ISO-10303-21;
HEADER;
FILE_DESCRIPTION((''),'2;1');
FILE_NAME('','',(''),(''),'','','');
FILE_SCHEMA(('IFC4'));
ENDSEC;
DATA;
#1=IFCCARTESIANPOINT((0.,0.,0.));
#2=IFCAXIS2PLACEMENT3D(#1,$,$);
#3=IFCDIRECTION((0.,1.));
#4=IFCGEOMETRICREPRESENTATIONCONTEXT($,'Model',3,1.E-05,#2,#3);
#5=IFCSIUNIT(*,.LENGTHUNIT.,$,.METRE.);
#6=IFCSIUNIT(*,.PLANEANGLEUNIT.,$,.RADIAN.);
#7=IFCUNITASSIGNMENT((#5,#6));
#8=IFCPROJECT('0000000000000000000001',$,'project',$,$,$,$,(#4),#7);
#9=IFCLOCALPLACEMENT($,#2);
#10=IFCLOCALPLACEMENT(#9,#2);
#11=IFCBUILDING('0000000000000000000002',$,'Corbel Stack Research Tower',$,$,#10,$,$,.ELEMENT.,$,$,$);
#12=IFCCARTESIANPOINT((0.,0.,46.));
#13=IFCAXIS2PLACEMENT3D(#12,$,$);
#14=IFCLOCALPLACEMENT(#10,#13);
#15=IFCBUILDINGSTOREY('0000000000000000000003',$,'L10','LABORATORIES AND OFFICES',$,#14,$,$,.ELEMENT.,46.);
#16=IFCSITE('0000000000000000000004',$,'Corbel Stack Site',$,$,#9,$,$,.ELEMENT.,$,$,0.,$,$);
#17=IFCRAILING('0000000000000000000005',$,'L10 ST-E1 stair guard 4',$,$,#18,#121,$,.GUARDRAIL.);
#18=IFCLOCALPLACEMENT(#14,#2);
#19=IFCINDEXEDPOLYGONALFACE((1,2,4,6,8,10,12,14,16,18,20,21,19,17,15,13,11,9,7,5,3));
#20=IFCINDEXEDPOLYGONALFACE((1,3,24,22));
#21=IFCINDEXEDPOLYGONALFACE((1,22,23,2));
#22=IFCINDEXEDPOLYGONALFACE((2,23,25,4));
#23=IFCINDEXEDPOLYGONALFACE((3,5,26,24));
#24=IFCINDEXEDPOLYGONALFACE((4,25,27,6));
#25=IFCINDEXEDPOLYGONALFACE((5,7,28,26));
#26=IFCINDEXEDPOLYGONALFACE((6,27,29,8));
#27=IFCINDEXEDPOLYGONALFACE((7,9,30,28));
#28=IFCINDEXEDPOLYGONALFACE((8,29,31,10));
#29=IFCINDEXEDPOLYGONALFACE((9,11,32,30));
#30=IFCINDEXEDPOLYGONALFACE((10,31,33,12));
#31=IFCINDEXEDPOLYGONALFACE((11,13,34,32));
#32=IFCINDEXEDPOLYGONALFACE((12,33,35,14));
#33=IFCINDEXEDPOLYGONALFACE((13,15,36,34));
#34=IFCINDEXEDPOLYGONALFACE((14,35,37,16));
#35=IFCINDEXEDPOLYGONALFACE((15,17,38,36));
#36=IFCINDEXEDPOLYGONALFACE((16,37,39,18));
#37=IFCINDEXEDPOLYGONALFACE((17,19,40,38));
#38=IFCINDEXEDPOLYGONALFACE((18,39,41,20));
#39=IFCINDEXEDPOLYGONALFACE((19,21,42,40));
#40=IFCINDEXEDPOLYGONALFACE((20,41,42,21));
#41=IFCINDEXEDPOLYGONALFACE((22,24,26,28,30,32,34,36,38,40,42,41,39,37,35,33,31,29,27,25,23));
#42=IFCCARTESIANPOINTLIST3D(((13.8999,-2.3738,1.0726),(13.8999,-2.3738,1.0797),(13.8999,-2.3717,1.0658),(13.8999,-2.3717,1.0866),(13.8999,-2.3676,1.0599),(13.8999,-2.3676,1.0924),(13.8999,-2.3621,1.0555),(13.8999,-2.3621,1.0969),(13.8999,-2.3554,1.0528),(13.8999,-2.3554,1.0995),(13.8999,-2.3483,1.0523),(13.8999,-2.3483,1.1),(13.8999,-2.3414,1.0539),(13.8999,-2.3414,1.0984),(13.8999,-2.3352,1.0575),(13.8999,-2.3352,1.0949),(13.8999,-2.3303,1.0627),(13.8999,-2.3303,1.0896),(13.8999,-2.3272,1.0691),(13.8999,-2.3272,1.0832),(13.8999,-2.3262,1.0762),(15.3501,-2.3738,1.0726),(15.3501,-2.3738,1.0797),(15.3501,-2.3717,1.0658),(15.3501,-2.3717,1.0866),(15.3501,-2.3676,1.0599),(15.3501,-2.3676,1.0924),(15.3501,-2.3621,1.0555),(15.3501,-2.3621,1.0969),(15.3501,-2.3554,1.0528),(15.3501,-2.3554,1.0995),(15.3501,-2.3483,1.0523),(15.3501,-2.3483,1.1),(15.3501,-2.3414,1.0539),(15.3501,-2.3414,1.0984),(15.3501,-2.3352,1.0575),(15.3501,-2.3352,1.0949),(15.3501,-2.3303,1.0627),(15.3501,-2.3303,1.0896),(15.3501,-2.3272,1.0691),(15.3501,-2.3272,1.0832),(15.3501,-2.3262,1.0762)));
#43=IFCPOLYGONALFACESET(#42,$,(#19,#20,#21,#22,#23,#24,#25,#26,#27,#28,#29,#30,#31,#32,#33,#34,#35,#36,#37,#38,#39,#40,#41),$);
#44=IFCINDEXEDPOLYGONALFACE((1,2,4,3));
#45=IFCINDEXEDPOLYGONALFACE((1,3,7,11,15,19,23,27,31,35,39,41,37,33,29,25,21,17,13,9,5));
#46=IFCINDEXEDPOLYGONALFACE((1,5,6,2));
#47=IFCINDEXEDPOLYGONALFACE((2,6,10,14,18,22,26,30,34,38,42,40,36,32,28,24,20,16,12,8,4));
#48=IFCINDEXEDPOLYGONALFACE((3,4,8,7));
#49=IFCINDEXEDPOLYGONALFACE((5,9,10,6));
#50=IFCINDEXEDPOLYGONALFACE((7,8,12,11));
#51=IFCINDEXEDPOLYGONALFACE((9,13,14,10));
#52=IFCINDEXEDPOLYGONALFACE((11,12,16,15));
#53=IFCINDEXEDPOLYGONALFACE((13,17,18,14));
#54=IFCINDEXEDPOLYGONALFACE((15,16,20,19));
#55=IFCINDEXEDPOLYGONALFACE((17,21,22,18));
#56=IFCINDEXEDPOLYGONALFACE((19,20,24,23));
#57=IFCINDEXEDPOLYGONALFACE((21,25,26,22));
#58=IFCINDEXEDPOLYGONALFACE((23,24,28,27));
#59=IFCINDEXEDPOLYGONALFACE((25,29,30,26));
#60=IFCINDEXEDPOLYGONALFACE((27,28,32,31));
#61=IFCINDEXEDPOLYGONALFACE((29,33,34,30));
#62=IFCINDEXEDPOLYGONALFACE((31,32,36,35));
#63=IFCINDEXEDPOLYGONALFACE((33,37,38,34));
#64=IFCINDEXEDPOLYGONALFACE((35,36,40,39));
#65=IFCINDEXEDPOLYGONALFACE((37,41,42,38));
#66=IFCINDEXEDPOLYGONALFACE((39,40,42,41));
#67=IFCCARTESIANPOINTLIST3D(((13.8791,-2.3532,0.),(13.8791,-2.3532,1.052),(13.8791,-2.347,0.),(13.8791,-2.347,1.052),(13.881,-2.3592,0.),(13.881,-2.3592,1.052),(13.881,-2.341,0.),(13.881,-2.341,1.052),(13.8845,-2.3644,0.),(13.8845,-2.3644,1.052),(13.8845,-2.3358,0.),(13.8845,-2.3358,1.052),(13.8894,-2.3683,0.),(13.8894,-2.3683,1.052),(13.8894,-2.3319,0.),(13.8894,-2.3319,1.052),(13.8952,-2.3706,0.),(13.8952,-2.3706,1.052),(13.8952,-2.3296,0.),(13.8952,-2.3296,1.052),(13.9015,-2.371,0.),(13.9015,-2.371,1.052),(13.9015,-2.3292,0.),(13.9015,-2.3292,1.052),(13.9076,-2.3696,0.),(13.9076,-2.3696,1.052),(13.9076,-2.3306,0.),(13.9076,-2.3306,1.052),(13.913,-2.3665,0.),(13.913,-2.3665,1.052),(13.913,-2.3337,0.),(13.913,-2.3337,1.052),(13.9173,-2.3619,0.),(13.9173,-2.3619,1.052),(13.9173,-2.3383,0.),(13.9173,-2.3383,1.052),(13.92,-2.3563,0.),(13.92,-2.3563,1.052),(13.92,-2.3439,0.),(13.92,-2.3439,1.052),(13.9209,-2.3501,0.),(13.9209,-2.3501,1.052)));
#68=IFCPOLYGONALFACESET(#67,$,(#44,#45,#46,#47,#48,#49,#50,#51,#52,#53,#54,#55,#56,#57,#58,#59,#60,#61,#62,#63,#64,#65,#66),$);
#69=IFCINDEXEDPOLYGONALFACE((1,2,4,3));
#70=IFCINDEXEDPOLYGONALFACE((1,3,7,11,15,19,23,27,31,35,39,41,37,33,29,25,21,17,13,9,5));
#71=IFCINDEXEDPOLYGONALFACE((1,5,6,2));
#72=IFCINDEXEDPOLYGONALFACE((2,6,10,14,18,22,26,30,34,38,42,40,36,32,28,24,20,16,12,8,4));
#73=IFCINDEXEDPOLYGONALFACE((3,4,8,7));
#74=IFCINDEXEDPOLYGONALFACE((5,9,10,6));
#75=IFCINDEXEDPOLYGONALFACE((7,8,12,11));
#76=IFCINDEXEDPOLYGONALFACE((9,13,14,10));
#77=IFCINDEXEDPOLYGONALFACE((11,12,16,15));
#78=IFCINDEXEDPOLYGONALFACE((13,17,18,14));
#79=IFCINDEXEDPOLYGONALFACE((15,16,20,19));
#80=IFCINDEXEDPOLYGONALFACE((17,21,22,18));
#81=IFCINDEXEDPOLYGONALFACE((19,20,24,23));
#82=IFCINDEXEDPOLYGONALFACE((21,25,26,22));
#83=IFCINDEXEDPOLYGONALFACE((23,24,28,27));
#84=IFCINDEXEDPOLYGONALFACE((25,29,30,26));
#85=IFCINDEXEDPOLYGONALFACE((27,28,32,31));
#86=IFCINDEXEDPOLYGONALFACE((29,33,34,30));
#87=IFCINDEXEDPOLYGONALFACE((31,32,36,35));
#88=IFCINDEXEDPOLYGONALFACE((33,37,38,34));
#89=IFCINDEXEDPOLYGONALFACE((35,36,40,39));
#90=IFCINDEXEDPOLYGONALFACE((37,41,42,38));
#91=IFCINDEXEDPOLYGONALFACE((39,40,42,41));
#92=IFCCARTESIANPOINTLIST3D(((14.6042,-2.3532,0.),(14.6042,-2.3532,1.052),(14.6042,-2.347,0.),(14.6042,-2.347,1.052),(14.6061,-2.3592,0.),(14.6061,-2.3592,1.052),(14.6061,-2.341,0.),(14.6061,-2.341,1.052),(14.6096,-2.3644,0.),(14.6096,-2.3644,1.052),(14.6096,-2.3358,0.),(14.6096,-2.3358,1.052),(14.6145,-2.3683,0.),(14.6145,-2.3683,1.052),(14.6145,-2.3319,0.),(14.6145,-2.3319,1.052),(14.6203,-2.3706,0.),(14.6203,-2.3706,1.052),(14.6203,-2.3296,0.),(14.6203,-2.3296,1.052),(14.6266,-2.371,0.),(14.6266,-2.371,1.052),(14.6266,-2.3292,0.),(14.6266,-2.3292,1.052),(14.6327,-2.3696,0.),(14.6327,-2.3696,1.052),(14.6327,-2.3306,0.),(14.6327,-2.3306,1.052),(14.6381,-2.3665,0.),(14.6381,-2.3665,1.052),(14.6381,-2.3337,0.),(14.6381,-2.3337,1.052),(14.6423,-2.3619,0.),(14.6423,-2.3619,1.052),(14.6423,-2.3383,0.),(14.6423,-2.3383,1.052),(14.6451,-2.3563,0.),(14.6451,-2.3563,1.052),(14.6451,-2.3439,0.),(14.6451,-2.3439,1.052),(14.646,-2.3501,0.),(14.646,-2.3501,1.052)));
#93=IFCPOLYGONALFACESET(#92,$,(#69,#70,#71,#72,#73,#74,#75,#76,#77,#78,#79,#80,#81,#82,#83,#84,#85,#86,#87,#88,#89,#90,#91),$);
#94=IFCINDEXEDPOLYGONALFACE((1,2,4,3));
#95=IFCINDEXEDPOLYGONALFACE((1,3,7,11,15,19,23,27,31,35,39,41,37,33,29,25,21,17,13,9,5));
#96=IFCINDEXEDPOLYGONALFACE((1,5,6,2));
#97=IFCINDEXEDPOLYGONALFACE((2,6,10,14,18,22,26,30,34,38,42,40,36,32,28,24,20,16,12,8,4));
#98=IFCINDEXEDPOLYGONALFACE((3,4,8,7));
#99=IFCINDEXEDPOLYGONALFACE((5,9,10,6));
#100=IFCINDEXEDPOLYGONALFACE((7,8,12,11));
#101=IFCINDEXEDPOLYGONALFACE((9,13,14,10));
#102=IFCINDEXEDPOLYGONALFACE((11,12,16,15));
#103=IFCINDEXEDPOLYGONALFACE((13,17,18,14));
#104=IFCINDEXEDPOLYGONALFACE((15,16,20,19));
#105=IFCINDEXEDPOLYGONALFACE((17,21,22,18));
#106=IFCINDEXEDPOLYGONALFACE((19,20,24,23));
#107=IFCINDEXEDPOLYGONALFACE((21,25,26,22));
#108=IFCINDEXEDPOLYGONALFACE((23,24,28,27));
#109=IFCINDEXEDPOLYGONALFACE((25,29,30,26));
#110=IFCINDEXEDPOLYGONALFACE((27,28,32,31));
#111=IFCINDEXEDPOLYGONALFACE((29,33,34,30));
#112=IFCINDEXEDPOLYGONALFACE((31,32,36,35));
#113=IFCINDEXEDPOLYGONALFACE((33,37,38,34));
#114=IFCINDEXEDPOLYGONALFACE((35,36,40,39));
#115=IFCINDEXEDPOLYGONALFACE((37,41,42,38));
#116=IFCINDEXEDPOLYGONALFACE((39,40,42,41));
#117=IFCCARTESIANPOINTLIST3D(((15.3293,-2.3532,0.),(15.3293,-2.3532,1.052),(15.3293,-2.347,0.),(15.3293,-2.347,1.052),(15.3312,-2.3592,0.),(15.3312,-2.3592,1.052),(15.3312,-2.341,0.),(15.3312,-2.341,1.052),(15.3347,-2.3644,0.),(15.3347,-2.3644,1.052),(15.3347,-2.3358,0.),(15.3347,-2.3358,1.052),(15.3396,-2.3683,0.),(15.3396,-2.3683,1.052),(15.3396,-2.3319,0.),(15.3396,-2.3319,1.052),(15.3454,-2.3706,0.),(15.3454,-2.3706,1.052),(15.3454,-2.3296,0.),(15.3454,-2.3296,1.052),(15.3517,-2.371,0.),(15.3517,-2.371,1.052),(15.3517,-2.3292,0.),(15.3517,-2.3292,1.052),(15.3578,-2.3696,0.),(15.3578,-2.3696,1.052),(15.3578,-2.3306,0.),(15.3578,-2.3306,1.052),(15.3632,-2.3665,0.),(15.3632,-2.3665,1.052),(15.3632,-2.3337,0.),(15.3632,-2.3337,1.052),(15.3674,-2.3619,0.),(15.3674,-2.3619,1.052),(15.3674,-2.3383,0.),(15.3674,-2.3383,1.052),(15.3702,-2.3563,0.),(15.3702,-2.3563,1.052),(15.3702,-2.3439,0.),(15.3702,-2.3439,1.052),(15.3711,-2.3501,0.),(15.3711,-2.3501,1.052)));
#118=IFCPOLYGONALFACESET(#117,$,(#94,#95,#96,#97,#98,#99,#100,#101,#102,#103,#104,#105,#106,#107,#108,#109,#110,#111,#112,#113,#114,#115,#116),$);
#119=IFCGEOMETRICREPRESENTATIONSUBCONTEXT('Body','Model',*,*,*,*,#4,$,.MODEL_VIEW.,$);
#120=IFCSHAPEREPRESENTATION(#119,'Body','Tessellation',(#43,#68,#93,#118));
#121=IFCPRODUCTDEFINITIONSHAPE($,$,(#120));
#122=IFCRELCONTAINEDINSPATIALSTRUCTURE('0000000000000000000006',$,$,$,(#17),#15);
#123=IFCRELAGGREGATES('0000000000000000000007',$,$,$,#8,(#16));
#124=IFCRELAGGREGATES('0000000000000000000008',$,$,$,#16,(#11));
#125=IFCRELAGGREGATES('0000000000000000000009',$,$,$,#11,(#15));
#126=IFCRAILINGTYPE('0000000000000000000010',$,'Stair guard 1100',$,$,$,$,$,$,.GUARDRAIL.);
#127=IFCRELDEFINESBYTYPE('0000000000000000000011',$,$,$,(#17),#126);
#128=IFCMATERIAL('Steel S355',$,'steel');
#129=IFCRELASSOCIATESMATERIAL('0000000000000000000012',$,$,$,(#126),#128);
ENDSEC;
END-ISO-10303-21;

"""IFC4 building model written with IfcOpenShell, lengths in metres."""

from ifc_helpers import new_model, si_unit, direction, frame, origin, origin_2d, place, context, subcontext, project, spatial, circle, extrude, material, type_object, element, save


model = new_model("IFC4")

# Units and contexts
model_context = context("Model", 3, precision=1e-05, world=origin(), true_north=direction((0.0, 1.0)))
body_context = subcontext(model_context, "Body", "Model", "MODEL_VIEW")
ifc_project = project(units=[si_unit("LENGTHUNIT", "METRE"), si_unit("PLANEANGLEUNIT", "RADIAN")], contexts=[model_context])

# Site, building, storey
site_placement = place(None, origin())
site = spatial("IfcSite", under=ifc_project, at=site_placement, Name="Corbel Stack Site", CompositionType="ELEMENT", RefElevation=0.0)
building_placement = place(site_placement, origin())
building = spatial("IfcBuilding", under=site, at=building_placement, Name="Corbel Stack Research Tower", CompositionType="ELEMENT")
storey_placement = place(building_placement, frame((0.0, 0.0, 46.0)))
storey = spatial("IfcBuildingStorey", under=building, at=storey_placement, Name="L10", Description="LABORATORIES AND OFFICES", CompositionType="ELEMENT", Elevation=46.0)

# Railing
ifc_material_1 = material(Name="Steel S355", Category="steel")
railing_type_1 = type_object("IfcRailingType", Name="Stair guard 1100", PredefinedType="GUARDRAIL", material=ifc_material_1)
railing_1_placement = place(storey_placement, frame((13.8999, -2.3501, 0.0)))
element("IfcRailing", 1, at=railing_1_placement, inside=storey, type_object=railing_type_1, Name="L10 ST-E1 stair guard 4", PredefinedType="GUARDRAIL", context=body_context, shape_type="SweptSolid", body=[
    extrude(circle(Radius=0.0239, at=origin_2d()), frame((0.0, 0.0, 1.0762), z_axis=(1.0, 0.0, 0.0), x_axis=(0.0, 1.0, 0.0)), (0.0, 0.0, 1.0), 1.4502),
    extrude(circle(Radius=0.021, at=origin_2d()), origin(), (0.0, 0.0, 1.0), 1.052),
    extrude(circle(Radius=0.021, at=origin_2d()), frame((0.7251, 0.0, 0.0)), (0.0, 0.0, 1.0), 1.052),
    extrude(circle(Radius=0.021, at=origin_2d()), frame((1.4502, 0.0, 0.0)), (0.0, 0.0, 1.0), 1.052),
])

save(model, "model.ifc")
